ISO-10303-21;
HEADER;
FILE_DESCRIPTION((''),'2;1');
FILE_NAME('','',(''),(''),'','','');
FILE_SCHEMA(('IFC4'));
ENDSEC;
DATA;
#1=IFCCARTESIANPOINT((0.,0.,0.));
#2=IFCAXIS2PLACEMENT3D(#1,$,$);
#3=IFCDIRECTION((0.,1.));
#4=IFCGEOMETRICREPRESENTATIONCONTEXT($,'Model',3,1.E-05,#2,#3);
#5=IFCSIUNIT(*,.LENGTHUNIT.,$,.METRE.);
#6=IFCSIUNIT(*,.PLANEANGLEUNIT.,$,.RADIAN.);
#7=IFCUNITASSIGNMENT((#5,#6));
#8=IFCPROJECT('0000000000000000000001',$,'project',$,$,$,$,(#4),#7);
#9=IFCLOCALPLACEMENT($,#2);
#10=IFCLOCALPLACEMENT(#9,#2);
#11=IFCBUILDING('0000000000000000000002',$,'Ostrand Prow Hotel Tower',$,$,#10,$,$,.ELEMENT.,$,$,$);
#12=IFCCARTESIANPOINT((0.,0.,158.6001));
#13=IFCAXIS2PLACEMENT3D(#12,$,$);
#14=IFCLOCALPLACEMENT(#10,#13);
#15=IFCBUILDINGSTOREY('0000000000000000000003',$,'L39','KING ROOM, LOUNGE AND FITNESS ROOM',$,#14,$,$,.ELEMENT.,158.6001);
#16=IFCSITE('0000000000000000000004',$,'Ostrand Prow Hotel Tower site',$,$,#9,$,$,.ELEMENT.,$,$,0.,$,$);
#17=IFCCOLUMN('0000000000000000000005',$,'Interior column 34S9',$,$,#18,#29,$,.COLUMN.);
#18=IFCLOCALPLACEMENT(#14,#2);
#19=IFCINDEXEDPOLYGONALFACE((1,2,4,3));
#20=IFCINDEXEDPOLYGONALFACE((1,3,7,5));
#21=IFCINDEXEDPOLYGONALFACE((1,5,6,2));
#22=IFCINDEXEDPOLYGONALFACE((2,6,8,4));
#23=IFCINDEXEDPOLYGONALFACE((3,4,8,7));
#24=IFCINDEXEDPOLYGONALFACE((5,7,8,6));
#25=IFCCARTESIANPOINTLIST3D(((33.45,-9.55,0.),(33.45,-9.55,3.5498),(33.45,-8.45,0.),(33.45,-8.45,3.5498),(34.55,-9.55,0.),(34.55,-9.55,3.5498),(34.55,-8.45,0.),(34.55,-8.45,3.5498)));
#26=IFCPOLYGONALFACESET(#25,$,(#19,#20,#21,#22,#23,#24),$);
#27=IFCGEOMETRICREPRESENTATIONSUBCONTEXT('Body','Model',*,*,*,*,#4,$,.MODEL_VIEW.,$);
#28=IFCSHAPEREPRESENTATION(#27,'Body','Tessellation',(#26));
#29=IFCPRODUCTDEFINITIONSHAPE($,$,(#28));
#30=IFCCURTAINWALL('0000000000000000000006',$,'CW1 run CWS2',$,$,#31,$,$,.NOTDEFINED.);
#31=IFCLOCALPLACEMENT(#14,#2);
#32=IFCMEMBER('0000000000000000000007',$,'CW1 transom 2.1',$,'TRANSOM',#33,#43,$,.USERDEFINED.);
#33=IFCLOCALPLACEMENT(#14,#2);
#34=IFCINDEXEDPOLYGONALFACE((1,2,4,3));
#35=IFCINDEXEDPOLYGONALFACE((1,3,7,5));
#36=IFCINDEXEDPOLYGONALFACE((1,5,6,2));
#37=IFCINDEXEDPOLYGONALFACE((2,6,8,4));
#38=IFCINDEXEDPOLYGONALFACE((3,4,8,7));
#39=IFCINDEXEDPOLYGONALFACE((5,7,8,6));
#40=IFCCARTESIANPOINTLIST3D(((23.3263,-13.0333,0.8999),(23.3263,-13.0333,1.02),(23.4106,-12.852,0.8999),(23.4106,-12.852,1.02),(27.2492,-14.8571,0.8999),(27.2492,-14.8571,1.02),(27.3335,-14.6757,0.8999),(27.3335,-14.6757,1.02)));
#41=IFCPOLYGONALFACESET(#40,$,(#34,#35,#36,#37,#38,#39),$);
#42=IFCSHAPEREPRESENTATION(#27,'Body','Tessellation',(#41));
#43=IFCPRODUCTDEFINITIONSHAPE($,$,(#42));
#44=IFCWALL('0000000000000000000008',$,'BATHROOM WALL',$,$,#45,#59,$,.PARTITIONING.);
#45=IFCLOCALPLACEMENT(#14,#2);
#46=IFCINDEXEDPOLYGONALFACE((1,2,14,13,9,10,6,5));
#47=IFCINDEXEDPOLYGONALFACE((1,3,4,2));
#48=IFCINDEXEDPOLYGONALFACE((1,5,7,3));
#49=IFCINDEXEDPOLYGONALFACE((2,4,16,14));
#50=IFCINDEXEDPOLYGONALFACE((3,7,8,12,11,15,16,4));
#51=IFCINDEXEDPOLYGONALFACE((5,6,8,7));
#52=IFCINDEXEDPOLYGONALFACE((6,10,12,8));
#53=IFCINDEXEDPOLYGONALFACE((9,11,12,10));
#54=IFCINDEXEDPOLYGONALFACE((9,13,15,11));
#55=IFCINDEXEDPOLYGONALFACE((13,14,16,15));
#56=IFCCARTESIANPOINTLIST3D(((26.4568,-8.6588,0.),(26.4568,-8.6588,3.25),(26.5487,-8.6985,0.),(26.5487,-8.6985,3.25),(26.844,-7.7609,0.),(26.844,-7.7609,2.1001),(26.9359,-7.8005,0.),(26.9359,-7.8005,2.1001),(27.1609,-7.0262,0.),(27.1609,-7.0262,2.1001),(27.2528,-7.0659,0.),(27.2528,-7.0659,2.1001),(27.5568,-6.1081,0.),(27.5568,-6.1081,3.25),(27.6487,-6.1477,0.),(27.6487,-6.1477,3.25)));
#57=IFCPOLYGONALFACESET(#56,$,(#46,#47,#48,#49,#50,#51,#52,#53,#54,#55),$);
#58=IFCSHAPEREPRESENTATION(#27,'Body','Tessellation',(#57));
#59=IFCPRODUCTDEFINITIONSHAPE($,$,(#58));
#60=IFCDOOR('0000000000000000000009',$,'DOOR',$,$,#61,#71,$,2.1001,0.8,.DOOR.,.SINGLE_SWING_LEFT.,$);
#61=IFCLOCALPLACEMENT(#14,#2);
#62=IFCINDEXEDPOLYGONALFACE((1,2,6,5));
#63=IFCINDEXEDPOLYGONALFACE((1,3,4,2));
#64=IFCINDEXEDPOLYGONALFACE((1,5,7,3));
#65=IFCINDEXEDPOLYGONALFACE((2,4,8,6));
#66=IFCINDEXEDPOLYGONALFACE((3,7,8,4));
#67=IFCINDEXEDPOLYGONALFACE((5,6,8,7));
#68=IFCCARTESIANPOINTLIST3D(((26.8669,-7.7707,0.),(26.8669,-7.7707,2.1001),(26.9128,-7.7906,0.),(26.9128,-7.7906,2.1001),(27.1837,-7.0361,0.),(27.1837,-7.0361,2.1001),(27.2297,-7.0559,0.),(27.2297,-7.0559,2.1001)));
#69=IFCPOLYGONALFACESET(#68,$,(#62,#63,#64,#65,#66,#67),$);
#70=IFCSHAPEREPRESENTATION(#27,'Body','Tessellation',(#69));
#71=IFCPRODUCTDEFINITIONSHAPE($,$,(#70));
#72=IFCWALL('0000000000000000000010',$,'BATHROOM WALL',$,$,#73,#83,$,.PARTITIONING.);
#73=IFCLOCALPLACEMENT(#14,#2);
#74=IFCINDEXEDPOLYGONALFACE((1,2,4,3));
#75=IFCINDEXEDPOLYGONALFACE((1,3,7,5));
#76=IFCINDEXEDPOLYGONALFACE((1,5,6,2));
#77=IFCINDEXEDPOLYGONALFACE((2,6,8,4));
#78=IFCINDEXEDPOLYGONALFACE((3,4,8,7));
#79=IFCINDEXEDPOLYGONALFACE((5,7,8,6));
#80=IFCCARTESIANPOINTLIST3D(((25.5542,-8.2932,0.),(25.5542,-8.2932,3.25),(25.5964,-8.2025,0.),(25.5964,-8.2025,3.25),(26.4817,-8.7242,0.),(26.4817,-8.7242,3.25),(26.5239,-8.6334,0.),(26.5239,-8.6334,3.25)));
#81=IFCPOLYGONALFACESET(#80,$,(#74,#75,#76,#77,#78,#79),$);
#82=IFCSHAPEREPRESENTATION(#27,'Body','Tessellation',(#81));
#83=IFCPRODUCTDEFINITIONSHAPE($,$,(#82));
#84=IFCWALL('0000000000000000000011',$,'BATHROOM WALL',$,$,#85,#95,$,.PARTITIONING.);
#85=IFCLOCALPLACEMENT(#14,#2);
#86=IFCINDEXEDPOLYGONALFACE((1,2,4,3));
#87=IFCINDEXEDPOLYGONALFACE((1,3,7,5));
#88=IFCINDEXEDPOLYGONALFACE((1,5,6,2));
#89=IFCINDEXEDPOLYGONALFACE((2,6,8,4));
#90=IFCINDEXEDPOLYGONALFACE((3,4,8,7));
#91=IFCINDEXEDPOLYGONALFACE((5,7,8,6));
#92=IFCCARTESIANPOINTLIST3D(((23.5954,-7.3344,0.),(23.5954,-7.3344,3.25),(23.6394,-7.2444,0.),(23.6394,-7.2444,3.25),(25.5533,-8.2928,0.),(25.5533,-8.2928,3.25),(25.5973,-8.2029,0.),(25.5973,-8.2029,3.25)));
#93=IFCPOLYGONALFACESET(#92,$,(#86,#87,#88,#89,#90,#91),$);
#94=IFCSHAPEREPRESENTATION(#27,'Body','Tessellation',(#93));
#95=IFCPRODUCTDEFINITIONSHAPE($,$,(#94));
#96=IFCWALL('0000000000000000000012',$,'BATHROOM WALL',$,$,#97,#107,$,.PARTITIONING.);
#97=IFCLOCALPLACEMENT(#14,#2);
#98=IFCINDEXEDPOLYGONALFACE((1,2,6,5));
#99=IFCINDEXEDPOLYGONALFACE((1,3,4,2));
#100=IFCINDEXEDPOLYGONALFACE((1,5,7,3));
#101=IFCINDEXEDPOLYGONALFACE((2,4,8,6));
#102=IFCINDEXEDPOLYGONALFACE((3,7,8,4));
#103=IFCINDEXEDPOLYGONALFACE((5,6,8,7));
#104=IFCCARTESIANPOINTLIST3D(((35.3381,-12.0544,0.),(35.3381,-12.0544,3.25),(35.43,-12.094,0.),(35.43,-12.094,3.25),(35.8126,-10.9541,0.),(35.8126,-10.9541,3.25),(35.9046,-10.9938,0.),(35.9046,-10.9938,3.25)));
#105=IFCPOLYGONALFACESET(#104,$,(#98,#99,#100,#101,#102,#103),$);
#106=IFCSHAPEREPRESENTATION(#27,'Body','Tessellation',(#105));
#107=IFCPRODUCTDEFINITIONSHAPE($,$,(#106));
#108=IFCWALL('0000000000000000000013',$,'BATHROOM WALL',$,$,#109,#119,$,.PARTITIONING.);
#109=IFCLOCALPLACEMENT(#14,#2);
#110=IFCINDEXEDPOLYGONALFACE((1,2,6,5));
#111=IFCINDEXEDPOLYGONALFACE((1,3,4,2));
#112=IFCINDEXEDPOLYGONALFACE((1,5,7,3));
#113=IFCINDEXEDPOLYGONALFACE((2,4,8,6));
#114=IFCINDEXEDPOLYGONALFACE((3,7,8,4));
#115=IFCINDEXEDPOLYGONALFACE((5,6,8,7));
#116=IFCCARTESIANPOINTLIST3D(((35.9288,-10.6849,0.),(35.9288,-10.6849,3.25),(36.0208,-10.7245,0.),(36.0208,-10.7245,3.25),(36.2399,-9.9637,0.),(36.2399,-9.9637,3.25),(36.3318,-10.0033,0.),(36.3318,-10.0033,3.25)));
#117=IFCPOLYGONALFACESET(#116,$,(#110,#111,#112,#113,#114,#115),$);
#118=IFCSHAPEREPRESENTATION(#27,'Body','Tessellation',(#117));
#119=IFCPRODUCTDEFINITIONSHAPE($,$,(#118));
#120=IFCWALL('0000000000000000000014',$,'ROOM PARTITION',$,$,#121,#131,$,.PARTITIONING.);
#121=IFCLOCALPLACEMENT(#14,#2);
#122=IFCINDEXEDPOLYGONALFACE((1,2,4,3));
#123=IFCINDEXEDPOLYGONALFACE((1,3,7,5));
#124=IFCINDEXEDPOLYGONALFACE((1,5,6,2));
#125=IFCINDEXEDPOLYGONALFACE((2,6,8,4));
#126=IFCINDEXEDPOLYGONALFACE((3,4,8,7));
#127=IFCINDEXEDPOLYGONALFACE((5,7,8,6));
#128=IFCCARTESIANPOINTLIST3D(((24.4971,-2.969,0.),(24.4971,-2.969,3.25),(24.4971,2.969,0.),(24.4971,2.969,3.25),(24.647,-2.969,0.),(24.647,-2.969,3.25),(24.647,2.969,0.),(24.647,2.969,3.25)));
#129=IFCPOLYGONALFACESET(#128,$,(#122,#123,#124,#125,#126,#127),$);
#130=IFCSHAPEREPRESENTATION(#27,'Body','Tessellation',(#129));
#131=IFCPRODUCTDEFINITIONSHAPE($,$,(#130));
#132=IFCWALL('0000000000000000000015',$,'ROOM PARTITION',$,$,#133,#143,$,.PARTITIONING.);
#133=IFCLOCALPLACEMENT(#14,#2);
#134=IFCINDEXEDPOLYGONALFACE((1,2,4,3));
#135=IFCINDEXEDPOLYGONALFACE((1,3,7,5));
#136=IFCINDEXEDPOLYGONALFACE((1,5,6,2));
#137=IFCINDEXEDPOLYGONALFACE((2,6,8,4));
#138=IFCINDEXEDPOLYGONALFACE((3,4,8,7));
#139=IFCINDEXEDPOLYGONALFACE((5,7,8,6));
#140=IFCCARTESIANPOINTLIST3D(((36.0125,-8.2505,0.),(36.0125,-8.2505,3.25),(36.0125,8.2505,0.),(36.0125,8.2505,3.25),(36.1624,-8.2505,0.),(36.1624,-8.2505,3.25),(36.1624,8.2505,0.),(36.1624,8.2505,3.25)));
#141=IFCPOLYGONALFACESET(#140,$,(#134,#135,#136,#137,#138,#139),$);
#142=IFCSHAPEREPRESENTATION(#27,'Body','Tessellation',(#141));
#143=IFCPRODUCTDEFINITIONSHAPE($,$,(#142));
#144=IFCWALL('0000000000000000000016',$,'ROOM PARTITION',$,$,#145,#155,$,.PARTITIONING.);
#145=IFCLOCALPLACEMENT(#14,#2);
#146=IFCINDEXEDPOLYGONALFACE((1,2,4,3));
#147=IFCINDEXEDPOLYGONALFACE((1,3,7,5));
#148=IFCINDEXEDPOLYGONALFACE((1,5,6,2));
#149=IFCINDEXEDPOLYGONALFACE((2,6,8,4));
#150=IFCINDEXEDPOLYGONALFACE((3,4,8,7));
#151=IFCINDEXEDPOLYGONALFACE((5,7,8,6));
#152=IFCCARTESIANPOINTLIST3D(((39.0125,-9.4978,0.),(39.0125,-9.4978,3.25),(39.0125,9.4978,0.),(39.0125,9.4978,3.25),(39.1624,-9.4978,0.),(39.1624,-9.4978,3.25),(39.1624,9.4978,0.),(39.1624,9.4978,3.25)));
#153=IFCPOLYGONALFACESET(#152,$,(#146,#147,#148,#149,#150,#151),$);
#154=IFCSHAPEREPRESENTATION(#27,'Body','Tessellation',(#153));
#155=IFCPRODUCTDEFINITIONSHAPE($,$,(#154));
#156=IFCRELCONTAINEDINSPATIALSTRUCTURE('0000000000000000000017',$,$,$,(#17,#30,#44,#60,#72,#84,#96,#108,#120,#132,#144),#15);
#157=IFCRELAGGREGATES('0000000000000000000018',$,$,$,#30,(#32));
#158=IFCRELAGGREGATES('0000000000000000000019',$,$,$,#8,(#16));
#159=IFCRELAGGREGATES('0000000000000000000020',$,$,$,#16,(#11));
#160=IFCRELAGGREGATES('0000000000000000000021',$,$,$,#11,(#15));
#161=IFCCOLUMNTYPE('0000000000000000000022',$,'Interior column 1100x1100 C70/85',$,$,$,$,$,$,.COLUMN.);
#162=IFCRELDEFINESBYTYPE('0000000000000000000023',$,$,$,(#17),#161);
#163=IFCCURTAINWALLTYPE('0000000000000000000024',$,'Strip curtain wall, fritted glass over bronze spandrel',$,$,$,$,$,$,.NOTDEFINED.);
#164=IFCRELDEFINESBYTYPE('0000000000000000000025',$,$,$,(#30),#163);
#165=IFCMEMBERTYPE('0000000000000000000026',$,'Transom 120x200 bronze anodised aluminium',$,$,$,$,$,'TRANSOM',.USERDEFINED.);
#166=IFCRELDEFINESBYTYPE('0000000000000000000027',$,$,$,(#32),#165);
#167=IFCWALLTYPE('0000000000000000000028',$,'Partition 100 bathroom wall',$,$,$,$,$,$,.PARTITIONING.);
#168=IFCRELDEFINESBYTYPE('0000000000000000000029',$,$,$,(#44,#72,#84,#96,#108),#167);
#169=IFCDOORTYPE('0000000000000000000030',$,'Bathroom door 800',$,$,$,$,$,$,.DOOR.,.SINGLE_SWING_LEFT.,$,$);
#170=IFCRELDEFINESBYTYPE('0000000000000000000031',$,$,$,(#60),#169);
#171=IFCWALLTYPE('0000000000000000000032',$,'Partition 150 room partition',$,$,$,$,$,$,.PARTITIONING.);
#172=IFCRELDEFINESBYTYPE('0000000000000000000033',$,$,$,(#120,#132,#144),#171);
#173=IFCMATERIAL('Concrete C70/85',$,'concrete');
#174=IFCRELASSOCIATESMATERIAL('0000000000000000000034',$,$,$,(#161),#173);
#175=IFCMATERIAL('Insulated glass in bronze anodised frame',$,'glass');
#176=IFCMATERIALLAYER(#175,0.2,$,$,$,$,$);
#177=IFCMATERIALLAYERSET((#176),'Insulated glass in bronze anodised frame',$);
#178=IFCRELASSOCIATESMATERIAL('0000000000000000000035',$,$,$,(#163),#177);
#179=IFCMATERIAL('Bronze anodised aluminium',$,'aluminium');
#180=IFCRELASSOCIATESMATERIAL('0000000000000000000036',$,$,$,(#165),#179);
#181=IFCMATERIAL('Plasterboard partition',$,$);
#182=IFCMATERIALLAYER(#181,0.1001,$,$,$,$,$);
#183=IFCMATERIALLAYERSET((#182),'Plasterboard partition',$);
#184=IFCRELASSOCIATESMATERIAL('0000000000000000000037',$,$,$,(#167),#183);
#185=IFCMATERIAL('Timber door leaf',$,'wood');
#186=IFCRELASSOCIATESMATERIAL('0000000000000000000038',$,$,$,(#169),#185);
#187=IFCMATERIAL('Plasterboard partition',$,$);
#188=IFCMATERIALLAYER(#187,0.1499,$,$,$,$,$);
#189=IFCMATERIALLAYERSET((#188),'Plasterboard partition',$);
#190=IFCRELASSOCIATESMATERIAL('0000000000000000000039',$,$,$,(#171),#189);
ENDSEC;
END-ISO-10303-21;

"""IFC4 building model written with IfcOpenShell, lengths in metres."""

from ifc_helpers import new_model, si_unit, direction, frame, frame_2d, origin, origin_2d, place, context, subcontext, project, spatial, rectangle, extrude, material, layer, layer_set, material_profile, profile_set, type_object, element, fill, aggregate, save


model = new_model("IFC4")

# Units and contexts
model_context = context("Model", 3, precision=1e-05, world=origin(), true_north=direction((0.0, 1.0)))
body_context = subcontext(model_context, "Body", "Model", "MODEL_VIEW")
ifc_project = project(units=[si_unit("LENGTHUNIT", "METRE"), si_unit("PLANEANGLEUNIT", "RADIAN")], contexts=[model_context])

# Site, building, storey
site_placement = place(None, origin())
site = spatial("IfcSite", under=ifc_project, at=site_placement, Name="Ostrand Prow Hotel Tower site", CompositionType="ELEMENT", RefElevation=0.0)
building_placement = place(site_placement, origin())
building = spatial("IfcBuilding", under=site, at=building_placement, Name="Ostrand Prow Hotel Tower", CompositionType="ELEMENT")
storey_placement = place(building_placement, frame((0.0, 0.0, 158.6001)))
storey = spatial("IfcBuildingStorey", under=building, at=storey_placement, Name="L39", Description="KING ROOM, LOUNGE AND FITNESS ROOM", CompositionType="ELEMENT", Elevation=158.6001)

# Column
ifc_material_1 = material(Name="Concrete C70/85", Category="concrete")
ifc_material_profile_1 = material_profile(ifc_material_1, rectangle(XDim=1.1001, YDim=1.1001, at=origin_2d()), Name="RC 1100x1100")
ifc_profile_set_1 = profile_set([ifc_material_profile_1], Name="Concrete C70/85")
column_type = type_object("IfcColumnType", Name="Interior column 1100x1100 C70/85", PredefinedType="COLUMN", material=ifc_profile_set_1)
column_placement = place(storey_placement, frame((34.0, -9.0, 0.0), z_axis=(0.0, 0.0, 1.0), x_axis=(1.0, 0.0, 0.0)))
element("IfcColumn", 1, at=column_placement, inside=storey, type_object=column_type, Name="Interior column 34S9", PredefinedType="COLUMN", context=body_context, shape_type="SweptSolid", body=[
    extrude(rectangle(XDim=1.1001, YDim=1.1001, at=origin_2d()), origin(), (0.0, 0.0, 1.0), 3.5498),
])

# Curtain wall, member
ifc_material_2 = material(Name="Insulated glass in bronze anodised frame", Category="glass")
ifc_layer_1 = layer(ifc_material_2, 0.2)
ifc_layer_set_1 = layer_set([ifc_layer_1], Name="Insulated glass in bronze anodised frame")
curtain_wall_type = type_object("IfcCurtainWallType", Name="Strip curtain wall, fritted glass over bronze spandrel", PredefinedType="NOTDEFINED", material=ifc_layer_set_1)
curtain_wall_placement = place(storey_placement, origin())
curtain_wall = element("IfcCurtainWall", 2, at=curtain_wall_placement, inside=storey, type_object=curtain_wall_type, Name="CW1 run CWS2", PredefinedType="NOTDEFINED")
ifc_material_3 = material(Name="Bronze anodised aluminium", Category="aluminium")
ifc_material_profile_2 = material_profile(ifc_material_3, rectangle(XDim=0.2, YDim=0.1201, at=origin_2d()), Name="Transom 120x200 bronze anodised aluminium")
ifc_profile_set_2 = profile_set([ifc_material_profile_2], Name="Bronze anodised aluminium")
member_type = type_object("IfcMemberType", Name="Transom 120x200 bronze anodised aluminium", ElementType="TRANSOM", PredefinedType="USERDEFINED", material=ifc_profile_set_2)
member_placement = place(storey_placement, frame((23.3684, -12.9426, 0.96), z_axis=(0.906796, -0.421569, 0.0), x_axis=(0.421569, 0.906796, 0.0)))
member = element("IfcMember", 3, at=member_placement, type_object=member_type, Name="CW1 transom 2.1", ObjectType="TRANSOM", PredefinedType="USERDEFINED", context=body_context, shape_type="SweptSolid", body=[
    extrude(rectangle(XDim=0.2, YDim=0.1201, at=origin_2d()), origin(), (0.0, 0.0, 1.0), 4.3262),
])
aggregate(curtain_wall, [member])

# Wall, opening, door
ifc_material_4 = material(Name="Plasterboard partition")
ifc_layer_2 = layer(ifc_material_4, 0.1001)
ifc_layer_set_2 = layer_set([ifc_layer_2], Name="Plasterboard partition")
wall_type_1 = type_object("IfcWallType", Name="Partition 100 bathroom wall", PredefinedType="PARTITIONING", material=ifc_layer_set_2)
wall_1_placement = place(storey_placement, frame((27.6028, -6.1279, 0.0), z_axis=(0.0, 0.0, 1.0), x_axis=(-0.396018, -0.918243, 0.0)))
wall_1 = element("IfcWall", 4, at=wall_1_placement, inside=storey, type_object=wall_type_1, Name="BATHROOM WALL", PredefinedType="PARTITIONING", context=body_context, shape_type="SweptSolid", body=[
    extrude(rectangle(XDim=2.7778, YDim=0.1001, at=frame_2d((1.3889, 0.0))), origin(), (0.0, 0.0, 1.0), 3.25),
])
opening_1_placement = place(wall_1_placement, frame((1.0, 0.0, 0.0)))
opening_1 = element("IfcOpeningElement", 5, at=opening_1_placement, cuts=wall_1, PredefinedType="OPENING", context=body_context, shape_type="SweptSolid", body=[
    extrude(rectangle(XDim=0.8, YDim=2.1001, at=frame_2d((0.3999, 1.05))), frame((0.0, 0.0601, 0.0), z_axis=(0.0, -1.0, 0.0), x_axis=(1.0, 0.0, 0.0)), (0.0, 0.0, 1.0), 0.1201),
])
ifc_material_5 = material(Name="Timber door leaf", Category="wood")
door_type_1 = type_object("IfcDoorType", Name="Bathroom door 800", OperationType="SINGLE_SWING_LEFT", PredefinedType="DOOR", material=ifc_material_5)
door_1_placement = place(opening_1_placement, origin())
door_1 = element("IfcDoor", 6, at=door_1_placement, inside=storey, type_object=door_type_1, Name="DOOR", OperationType="SINGLE_SWING_LEFT", OverallHeight=2.1001, OverallWidth=0.8, PredefinedType="DOOR", context=body_context, shape_type="SweptSolid", body=[
    extrude(rectangle(XDim=0.8, YDim=2.1001, at=frame_2d((0.3999, 1.05))), frame((0.0, 0.0249, 0.0), z_axis=(0.0, -1.0, 0.0), x_axis=(1.0, 0.0, 0.0)), (0.0, 0.0, 1.0), 0.05),
])
fill(opening_1, door_1)

# Walls
wall_2_placement = place(storey_placement, frame((26.5027, -8.6787, 0.0), z_axis=(0.0, 0.0, 1.0), x_axis=(-0.906901, 0.421343, 0.0)))
element("IfcWall", 7, at=wall_2_placement, inside=storey, type_object=wall_type_1, Name="BATHROOM WALL", PredefinedType="PARTITIONING", context=body_context, shape_type="SweptSolid", body=[
    extrude(rectangle(XDim=1.0227, YDim=0.1001, at=frame_2d((0.5112, 0.0))), origin(), (0.0, 0.0, 1.0), 3.25),
])
wall_3_placement = place(storey_placement, frame((25.5752, -8.2478, 0.0), z_axis=(0.0, 0.0, 1.0), x_axis=(-0.898158, 0.439672, 0.0)))
element("IfcWall", 8, at=wall_3_placement, inside=storey, type_object=wall_type_1, Name="BATHROOM WALL", PredefinedType="PARTITIONING", context=body_context, shape_type="SweptSolid", body=[
    extrude(rectangle(XDim=2.1799, YDim=0.1001, at=frame_2d((1.0898, 0.0))), origin(), (0.0, 0.0, 1.0), 3.25),
])
wall_4_placement = place(storey_placement, frame((35.384, -12.0742, 0.0), z_axis=(0.0, 0.0, 1.0), x_axis=(0.396057, 0.918226, 0.0)))
element("IfcWall", 9, at=wall_4_placement, inside=storey, type_object=wall_type_1, Name="BATHROOM WALL", PredefinedType="PARTITIONING", context=body_context, shape_type="SweptSolid", body=[
    extrude(rectangle(XDim=1.1982, YDim=0.1001, at=frame_2d((0.5991, 0.0))), origin(), (0.0, 0.0, 1.0), 3.25),
])
wall_5_placement = place(storey_placement, frame((35.9749, -10.7046, 0.0), z_axis=(0.0, 0.0, 1.0), x_axis=(0.396019, 0.918242, 0.0)))
element("IfcWall", 10, at=wall_5_placement, inside=storey, type_object=wall_type_1, Name="BATHROOM WALL", PredefinedType="PARTITIONING", context=body_context, shape_type="SweptSolid", body=[
    extrude(rectangle(XDim=0.7854, YDim=0.1001, at=frame_2d((0.3926, 0.0))), origin(), (0.0, 0.0, 1.0), 3.25),
])
ifc_material_6 = material(Name="Plasterboard partition")
ifc_layer_3 = layer(ifc_material_6, 0.1499)
ifc_layer_set_3 = layer_set([ifc_layer_3], Name="Plasterboard partition")
wall_type_2 = type_object("IfcWallType", Name="Partition 150 room partition", PredefinedType="PARTITIONING", material=ifc_layer_set_3)
wall_6_placement = place(storey_placement, frame((24.572, -2.969, 0.0), z_axis=(0.0, 0.0, 1.0), x_axis=(0.0, 1.0, 0.0)))
element("IfcWall", 11, at=wall_6_placement, inside=storey, type_object=wall_type_2, Name="ROOM PARTITION", PredefinedType="PARTITIONING", context=body_context, shape_type="SweptSolid", body=[
    extrude(rectangle(XDim=5.938, YDim=0.1499, at=frame_2d((2.969, 0.0))), origin(), (0.0, 0.0, 1.0), 3.25),
])
wall_7_placement = place(storey_placement, frame((36.0874, -8.2505, 0.0), z_axis=(0.0, 0.0, 1.0), x_axis=(0.0, 1.0, 0.0)))
element("IfcWall", 12, at=wall_7_placement, inside=storey, type_object=wall_type_2, Name="ROOM PARTITION", PredefinedType="PARTITIONING", context=body_context, shape_type="SweptSolid", body=[
    extrude(rectangle(XDim=16.501, YDim=0.1499, at=frame_2d((8.2505, 0.0))), origin(), (0.0, 0.0, 1.0), 3.25),
])
wall_8_placement = place(storey_placement, frame((39.0874, -9.4978, 0.0), z_axis=(0.0, 0.0, 1.0), x_axis=(0.0, 1.0, 0.0)))
element("IfcWall", 13, at=wall_8_placement, inside=storey, type_object=wall_type_2, Name="ROOM PARTITION", PredefinedType="PARTITIONING", context=body_context, shape_type="SweptSolid", body=[
    extrude(rectangle(XDim=18.9956, YDim=0.1499, at=frame_2d((9.4978, 0.0))), origin(), (0.0, 0.0, 1.0), 3.25),
])

save(model, "model.ifc")
